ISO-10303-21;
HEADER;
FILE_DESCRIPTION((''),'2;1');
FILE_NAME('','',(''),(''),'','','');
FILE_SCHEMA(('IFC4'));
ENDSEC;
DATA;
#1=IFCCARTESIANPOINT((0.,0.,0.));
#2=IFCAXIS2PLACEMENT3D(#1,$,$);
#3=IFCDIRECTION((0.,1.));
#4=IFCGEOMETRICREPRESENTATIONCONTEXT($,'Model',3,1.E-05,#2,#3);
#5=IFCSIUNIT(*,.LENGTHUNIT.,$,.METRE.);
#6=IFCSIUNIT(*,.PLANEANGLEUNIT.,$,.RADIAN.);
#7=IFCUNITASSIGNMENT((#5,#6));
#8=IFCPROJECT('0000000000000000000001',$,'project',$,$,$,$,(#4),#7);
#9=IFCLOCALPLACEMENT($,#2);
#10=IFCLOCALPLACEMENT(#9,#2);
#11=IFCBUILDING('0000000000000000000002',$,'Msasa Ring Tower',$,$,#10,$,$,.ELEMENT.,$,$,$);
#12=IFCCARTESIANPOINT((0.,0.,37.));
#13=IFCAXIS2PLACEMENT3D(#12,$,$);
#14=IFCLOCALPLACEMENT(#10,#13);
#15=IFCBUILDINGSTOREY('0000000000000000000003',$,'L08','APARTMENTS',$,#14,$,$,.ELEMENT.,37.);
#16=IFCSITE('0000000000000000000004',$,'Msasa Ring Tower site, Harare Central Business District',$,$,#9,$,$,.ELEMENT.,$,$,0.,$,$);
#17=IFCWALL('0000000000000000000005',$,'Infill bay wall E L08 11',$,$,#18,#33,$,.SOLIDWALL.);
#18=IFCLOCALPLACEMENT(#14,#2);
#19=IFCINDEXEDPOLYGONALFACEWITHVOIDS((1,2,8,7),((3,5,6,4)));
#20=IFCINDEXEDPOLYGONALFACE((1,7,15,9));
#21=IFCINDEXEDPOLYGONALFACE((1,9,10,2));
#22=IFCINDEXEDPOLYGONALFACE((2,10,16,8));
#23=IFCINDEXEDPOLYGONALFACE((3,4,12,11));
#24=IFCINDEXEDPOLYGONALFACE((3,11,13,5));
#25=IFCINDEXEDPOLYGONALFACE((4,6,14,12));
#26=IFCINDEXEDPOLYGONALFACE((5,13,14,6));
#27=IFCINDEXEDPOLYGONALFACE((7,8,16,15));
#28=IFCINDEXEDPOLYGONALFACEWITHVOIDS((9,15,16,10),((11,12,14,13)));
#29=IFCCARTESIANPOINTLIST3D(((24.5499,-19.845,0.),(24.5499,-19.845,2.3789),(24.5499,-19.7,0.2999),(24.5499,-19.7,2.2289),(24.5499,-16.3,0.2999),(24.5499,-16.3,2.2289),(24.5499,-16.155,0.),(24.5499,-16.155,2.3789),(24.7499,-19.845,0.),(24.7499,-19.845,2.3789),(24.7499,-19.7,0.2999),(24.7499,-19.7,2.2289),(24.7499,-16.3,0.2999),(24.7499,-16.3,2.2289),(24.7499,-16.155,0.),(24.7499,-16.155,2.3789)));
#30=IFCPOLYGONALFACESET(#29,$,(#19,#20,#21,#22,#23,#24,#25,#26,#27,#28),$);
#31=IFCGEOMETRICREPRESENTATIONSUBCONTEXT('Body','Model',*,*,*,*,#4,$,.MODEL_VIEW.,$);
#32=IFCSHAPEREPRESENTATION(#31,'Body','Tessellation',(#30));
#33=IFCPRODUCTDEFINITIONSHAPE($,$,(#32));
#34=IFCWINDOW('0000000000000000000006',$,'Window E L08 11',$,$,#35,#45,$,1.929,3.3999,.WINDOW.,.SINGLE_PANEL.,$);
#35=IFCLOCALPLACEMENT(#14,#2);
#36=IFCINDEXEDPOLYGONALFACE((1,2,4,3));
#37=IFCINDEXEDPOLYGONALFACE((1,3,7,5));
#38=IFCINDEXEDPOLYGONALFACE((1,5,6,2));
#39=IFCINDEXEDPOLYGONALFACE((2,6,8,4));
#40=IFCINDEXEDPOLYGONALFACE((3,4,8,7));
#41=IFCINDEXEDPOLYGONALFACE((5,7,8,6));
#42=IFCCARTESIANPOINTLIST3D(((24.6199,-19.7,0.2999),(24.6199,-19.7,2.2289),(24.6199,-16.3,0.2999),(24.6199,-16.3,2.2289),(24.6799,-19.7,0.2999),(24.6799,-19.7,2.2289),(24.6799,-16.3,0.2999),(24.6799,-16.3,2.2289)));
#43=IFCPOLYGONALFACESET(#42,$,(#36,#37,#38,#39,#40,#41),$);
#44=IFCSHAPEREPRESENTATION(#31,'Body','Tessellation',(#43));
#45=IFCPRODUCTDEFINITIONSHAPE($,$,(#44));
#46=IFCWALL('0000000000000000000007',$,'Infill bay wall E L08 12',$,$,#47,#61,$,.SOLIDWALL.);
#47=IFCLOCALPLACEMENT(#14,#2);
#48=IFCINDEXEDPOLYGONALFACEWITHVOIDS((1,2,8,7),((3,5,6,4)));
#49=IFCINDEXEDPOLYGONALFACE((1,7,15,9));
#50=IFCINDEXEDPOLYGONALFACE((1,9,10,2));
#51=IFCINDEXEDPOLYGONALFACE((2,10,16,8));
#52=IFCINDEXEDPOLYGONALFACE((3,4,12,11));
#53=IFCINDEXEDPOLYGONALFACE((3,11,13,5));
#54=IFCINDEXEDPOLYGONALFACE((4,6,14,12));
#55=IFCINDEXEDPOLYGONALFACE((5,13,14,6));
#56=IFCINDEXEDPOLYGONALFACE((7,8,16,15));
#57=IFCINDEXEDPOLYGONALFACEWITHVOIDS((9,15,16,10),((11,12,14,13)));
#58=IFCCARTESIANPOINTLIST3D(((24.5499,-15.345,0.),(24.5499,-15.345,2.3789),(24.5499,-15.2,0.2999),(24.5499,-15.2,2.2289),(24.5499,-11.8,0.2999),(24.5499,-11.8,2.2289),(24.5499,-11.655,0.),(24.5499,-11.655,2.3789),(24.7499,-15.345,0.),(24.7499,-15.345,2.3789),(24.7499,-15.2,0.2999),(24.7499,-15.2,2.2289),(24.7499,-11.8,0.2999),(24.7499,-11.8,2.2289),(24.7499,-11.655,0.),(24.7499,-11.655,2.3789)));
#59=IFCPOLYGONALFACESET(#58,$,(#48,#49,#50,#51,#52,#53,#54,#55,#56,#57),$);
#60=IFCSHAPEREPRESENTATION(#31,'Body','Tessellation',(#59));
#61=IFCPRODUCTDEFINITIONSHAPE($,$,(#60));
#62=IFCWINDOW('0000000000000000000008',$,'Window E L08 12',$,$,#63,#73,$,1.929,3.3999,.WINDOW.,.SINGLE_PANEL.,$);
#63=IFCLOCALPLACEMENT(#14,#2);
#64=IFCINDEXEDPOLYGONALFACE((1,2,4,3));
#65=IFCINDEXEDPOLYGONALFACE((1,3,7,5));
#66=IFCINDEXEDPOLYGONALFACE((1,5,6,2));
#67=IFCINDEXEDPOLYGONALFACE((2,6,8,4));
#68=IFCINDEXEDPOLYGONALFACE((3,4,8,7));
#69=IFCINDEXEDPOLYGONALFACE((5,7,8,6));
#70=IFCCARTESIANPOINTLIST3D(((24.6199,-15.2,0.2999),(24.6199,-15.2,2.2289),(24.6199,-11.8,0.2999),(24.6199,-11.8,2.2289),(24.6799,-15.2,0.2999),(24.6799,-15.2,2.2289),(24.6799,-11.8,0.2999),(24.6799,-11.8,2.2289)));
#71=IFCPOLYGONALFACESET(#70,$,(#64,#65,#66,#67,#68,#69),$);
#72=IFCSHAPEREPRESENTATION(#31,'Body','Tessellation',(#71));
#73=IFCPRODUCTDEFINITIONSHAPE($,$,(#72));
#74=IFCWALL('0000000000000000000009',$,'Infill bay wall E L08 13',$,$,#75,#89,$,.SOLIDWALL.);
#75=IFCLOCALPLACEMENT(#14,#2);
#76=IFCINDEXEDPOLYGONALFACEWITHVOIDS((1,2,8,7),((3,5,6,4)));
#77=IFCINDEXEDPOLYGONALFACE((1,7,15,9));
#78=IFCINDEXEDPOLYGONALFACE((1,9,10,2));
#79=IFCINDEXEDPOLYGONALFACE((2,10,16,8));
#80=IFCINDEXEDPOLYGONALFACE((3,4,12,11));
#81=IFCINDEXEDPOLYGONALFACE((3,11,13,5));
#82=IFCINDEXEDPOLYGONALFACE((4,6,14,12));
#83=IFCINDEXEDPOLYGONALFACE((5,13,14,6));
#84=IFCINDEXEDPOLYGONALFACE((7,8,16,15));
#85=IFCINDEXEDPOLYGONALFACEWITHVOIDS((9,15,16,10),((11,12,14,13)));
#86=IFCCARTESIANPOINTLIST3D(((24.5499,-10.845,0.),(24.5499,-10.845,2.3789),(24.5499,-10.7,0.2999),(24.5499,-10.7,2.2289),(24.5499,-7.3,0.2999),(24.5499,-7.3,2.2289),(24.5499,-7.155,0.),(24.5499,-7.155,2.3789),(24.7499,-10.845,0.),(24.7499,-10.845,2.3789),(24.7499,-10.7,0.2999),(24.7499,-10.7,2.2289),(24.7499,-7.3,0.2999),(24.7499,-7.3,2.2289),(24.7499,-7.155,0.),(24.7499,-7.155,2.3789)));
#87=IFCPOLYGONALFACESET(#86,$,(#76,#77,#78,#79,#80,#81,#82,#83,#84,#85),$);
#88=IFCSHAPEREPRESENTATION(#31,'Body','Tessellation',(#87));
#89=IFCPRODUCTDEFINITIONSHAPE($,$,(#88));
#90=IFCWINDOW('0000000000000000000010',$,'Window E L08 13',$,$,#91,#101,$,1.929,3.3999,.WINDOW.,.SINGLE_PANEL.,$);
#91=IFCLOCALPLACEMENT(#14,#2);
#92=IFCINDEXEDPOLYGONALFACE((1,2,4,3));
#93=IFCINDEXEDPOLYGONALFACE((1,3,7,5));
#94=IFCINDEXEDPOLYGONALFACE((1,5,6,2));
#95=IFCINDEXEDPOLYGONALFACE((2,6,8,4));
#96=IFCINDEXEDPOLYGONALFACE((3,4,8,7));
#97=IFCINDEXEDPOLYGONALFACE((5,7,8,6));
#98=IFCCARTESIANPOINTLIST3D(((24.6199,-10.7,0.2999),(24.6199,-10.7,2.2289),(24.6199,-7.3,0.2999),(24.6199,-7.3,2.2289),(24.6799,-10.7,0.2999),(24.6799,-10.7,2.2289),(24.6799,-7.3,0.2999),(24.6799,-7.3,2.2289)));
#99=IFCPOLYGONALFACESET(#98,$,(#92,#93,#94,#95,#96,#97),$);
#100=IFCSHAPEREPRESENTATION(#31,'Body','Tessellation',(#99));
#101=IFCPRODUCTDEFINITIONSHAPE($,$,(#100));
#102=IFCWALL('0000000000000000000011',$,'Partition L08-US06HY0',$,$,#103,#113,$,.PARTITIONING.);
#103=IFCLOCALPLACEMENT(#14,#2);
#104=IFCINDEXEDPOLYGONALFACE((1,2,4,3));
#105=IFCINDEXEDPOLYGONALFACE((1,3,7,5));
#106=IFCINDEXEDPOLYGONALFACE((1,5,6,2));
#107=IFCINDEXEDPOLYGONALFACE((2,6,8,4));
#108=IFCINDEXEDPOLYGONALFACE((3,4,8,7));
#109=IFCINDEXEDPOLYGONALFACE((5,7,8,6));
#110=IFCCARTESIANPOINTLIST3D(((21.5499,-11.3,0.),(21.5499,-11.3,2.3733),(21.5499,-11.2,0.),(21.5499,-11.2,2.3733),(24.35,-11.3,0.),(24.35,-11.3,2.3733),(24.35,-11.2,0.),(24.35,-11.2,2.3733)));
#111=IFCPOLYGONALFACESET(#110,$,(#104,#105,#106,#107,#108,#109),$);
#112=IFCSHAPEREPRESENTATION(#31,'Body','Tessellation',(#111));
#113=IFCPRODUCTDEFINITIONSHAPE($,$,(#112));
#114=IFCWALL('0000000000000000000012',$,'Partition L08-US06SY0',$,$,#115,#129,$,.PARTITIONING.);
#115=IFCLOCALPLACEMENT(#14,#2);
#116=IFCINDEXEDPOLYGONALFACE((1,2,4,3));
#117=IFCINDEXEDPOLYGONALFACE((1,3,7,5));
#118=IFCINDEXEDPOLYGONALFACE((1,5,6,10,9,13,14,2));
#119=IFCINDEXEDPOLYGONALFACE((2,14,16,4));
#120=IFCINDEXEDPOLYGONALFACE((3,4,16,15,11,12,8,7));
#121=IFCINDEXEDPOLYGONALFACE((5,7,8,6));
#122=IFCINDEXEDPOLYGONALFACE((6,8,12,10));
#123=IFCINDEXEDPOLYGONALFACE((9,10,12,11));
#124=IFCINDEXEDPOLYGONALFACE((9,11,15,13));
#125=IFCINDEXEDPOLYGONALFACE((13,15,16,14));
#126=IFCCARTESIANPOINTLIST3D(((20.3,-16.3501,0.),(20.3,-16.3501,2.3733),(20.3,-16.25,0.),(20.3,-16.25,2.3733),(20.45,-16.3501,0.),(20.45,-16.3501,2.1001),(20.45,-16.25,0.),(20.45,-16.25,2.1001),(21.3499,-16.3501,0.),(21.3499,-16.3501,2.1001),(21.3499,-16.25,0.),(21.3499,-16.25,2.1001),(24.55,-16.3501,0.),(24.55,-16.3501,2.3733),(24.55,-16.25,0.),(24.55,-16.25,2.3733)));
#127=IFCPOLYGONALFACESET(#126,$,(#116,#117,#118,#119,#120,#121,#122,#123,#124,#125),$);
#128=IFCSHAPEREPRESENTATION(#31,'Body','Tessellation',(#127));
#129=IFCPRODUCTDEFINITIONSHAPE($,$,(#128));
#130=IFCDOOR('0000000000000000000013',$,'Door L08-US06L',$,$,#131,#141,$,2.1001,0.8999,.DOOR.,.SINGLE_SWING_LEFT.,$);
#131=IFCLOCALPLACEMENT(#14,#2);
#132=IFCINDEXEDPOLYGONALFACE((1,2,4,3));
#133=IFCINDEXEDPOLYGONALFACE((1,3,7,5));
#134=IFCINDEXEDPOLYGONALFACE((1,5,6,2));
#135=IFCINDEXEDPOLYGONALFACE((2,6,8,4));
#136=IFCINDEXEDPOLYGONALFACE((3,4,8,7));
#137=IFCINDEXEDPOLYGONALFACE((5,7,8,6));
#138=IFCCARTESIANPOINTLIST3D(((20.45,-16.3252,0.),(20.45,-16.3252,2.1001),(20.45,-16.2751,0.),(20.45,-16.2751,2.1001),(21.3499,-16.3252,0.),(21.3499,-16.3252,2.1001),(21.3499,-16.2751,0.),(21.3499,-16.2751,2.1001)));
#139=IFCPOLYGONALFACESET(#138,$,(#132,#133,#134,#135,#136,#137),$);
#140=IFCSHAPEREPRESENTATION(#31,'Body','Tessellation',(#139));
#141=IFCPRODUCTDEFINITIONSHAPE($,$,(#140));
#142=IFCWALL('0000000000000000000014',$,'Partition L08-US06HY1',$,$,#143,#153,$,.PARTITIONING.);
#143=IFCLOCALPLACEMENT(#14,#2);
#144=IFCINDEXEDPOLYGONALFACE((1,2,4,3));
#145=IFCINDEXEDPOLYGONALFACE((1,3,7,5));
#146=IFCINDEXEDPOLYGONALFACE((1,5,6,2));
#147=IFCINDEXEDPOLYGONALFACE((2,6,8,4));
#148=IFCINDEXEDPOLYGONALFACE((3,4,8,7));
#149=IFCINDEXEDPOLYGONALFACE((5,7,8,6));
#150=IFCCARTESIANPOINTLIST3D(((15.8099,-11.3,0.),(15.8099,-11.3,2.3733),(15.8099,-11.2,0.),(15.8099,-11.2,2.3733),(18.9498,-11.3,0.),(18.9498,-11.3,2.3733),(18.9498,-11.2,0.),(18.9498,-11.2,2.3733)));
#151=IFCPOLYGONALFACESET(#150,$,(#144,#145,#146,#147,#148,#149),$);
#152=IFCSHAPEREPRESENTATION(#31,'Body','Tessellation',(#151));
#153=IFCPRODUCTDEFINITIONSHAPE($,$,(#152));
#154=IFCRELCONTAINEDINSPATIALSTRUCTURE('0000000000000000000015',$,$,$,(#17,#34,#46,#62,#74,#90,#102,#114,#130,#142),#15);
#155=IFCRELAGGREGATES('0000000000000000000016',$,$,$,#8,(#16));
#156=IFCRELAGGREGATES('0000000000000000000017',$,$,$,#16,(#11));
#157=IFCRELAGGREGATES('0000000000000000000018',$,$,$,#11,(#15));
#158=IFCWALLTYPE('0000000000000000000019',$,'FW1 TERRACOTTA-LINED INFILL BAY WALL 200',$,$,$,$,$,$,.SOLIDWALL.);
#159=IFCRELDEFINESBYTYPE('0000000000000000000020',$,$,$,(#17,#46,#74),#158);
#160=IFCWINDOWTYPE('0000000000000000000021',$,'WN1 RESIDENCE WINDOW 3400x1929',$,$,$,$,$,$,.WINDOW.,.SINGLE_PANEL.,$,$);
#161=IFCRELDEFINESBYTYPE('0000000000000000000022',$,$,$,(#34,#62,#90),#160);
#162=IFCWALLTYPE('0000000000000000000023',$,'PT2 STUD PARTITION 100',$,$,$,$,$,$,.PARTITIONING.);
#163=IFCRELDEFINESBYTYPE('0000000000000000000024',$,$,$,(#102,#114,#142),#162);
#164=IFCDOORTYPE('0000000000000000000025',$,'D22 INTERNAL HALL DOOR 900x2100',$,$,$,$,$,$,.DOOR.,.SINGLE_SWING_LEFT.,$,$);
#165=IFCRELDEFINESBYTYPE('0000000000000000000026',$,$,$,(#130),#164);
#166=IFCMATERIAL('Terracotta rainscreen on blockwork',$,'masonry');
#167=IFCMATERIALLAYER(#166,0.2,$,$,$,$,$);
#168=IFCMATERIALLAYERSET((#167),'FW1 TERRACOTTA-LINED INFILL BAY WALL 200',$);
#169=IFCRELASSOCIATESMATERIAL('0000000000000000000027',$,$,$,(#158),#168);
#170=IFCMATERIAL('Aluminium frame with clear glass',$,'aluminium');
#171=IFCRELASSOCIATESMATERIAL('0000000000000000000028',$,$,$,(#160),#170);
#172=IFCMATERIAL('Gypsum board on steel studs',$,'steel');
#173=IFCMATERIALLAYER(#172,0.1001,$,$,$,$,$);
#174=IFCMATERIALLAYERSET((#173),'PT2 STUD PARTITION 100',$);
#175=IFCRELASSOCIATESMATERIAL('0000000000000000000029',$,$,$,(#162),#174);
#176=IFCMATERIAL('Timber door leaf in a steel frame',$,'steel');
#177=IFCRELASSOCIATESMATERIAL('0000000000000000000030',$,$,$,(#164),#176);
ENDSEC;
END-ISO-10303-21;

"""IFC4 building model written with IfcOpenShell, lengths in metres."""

from ifc_helpers import new_model, si_unit, direction, frame, frame_2d, origin, place, context, subcontext, project, spatial, rectangle, extrude, material, layer, layer_set, type_object, element, fill, save


model = new_model("IFC4")

# Units and contexts
model_context = context("Model", 3, precision=1e-05, world=origin(), true_north=direction((0.0, 1.0)))
body_context = subcontext(model_context, "Body", "Model", "MODEL_VIEW")
ifc_project = project(units=[si_unit("LENGTHUNIT", "METRE"), si_unit("PLANEANGLEUNIT", "RADIAN")], contexts=[model_context])

# Site, building, storey
site_placement = place(None, origin())
site = spatial("IfcSite", under=ifc_project, at=site_placement, Name="Msasa Ring Tower site, Harare Central Business District", CompositionType="ELEMENT", RefElevation=0.0)
building_placement = place(site_placement, origin())
building = spatial("IfcBuilding", under=site, at=building_placement, Name="Msasa Ring Tower", CompositionType="ELEMENT")
storey_placement = place(building_placement, frame((0.0, 0.0, 37.0)))
storey = spatial("IfcBuildingStorey", under=building, at=storey_placement, Name="L08", Description="APARTMENTS", CompositionType="ELEMENT", Elevation=37.0)

# Walls, openings, windows
ifc_material_1 = material(Name="Terracotta rainscreen on blockwork", Category="masonry")
ifc_layer_1 = layer(ifc_material_1, 0.2)
ifc_layer_set_1 = layer_set([ifc_layer_1], Name="FW1 TERRACOTTA-LINED INFILL BAY WALL 200")
wall_type_1 = type_object("IfcWallType", Name="FW1 TERRACOTTA-LINED INFILL BAY WALL 200", PredefinedType="SOLIDWALL", material=ifc_layer_set_1)
wall_1_placement = place(storey_placement, frame((24.6499, -19.845, 0.0), z_axis=(0.0, 0.0, 1.0), x_axis=(0.0, 1.0, 0.0)))
wall_1 = element("IfcWall", 1, at=wall_1_placement, inside=storey, type_object=wall_type_1, Name="Infill bay wall E L08 11", PredefinedType="SOLIDWALL", context=body_context, shape_type="SweptSolid", body=[
    extrude(rectangle(XDim=3.6899, YDim=0.2, at=frame_2d((1.845, 0.0))), origin(), (0.0, 0.0, 1.0), 2.3789),
])
opening_1_placement = place(wall_1_placement, frame((0.145, 0.0, 0.3)))
opening_1 = element("IfcOpeningElement", 2, at=opening_1_placement, cuts=wall_1, PredefinedType="OPENING", context=body_context, shape_type="SweptSolid", body=[
    extrude(rectangle(XDim=3.3999, YDim=1.929, at=frame_2d((1.7, 0.9644))), frame((0.0, 0.1099, 0.0), z_axis=(0.0, -1.0, 0.0), x_axis=(1.0, 0.0, 0.0)), (0.0, 0.0, 1.0), 0.22),
])
ifc_material_2 = material(Name="Aluminium frame with clear glass", Category="aluminium")
window_type = type_object("IfcWindowType", Name="WN1 RESIDENCE WINDOW 3400x1929", PartitioningType="SINGLE_PANEL", PredefinedType="WINDOW", material=ifc_material_2)
window_1_placement = place(opening_1_placement, origin())
window_1 = element("IfcWindow", 3, at=window_1_placement, inside=storey, type_object=window_type, Name="Window E L08 11", OverallHeight=1.929, OverallWidth=3.3999, PartitioningType="SINGLE_PANEL", PredefinedType="WINDOW", context=body_context, shape_type="SweptSolid", body=[
    extrude(rectangle(XDim=3.3999, YDim=1.929, at=frame_2d((1.7, 0.9644))), frame((0.0, 0.03, 0.0), z_axis=(0.0, -1.0, 0.0), x_axis=(1.0, 0.0, 0.0)), (0.0, 0.0, 1.0), 0.0601),
])
fill(opening_1, window_1)
wall_2_placement = place(storey_placement, frame((24.6499, -15.345, 0.0), z_axis=(0.0, 0.0, 1.0), x_axis=(0.0, 1.0, 0.0)))
wall_2 = element("IfcWall", 4, at=wall_2_placement, inside=storey, type_object=wall_type_1, Name="Infill bay wall E L08 12", PredefinedType="SOLIDWALL", context=body_context, shape_type="SweptSolid", body=[
    extrude(rectangle(XDim=3.6899, YDim=0.2, at=frame_2d((1.845, 0.0))), origin(), (0.0, 0.0, 1.0), 2.3789),
])
opening_2_placement = place(wall_2_placement, frame((0.145, 0.0, 0.3)))
opening_2 = element("IfcOpeningElement", 5, at=opening_2_placement, cuts=wall_2, PredefinedType="OPENING", context=body_context, shape_type="SweptSolid", body=[
    extrude(rectangle(XDim=3.3999, YDim=1.929, at=frame_2d((1.7, 0.9644))), frame((0.0, 0.1099, 0.0), z_axis=(0.0, -1.0, 0.0), x_axis=(1.0, 0.0, 0.0)), (0.0, 0.0, 1.0), 0.22),
])
window_2_placement = place(opening_2_placement, origin())
window_2 = element("IfcWindow", 6, at=window_2_placement, inside=storey, type_object=window_type, Name="Window E L08 12", OverallHeight=1.929, OverallWidth=3.3999, PartitioningType="SINGLE_PANEL", PredefinedType="WINDOW", context=body_context, shape_type="SweptSolid", body=[
    extrude(rectangle(XDim=3.3999, YDim=1.929, at=frame_2d((1.7, 0.9644))), frame((0.0, 0.03, 0.0), z_axis=(0.0, -1.0, 0.0), x_axis=(1.0, 0.0, 0.0)), (0.0, 0.0, 1.0), 0.0601),
])
fill(opening_2, window_2)
wall_3_placement = place(storey_placement, frame((24.6499, -10.845, 0.0), z_axis=(0.0, 0.0, 1.0), x_axis=(0.0, 1.0, 0.0)))
wall_3 = element("IfcWall", 7, at=wall_3_placement, inside=storey, type_object=wall_type_1, Name="Infill bay wall E L08 13", PredefinedType="SOLIDWALL", context=body_context, shape_type="SweptSolid", body=[
    extrude(rectangle(XDim=3.6899, YDim=0.2, at=frame_2d((1.845, 0.0))), origin(), (0.0, 0.0, 1.0), 2.3789),
])
opening_3_placement = place(wall_3_placement, frame((0.145, 0.0, 0.3)))
opening_3 = element("IfcOpeningElement", 8, at=opening_3_placement, cuts=wall_3, PredefinedType="OPENING", context=body_context, shape_type="SweptSolid", body=[
    extrude(rectangle(XDim=3.3999, YDim=1.929, at=frame_2d((1.7, 0.9644))), frame((0.0, 0.1099, 0.0), z_axis=(0.0, -1.0, 0.0), x_axis=(1.0, 0.0, 0.0)), (0.0, 0.0, 1.0), 0.22),
])
window_3_placement = place(opening_3_placement, origin())
window_3 = element("IfcWindow", 9, at=window_3_placement, inside=storey, type_object=window_type, Name="Window E L08 13", OverallHeight=1.929, OverallWidth=3.3999, PartitioningType="SINGLE_PANEL", PredefinedType="WINDOW", context=body_context, shape_type="SweptSolid", body=[
    extrude(rectangle(XDim=3.3999, YDim=1.929, at=frame_2d((1.7, 0.9644))), frame((0.0, 0.03, 0.0), z_axis=(0.0, -1.0, 0.0), x_axis=(1.0, 0.0, 0.0)), (0.0, 0.0, 1.0), 0.0601),
])
fill(opening_3, window_3)

# Wall
ifc_material_3 = material(Name="Gypsum board on steel studs", Category="steel")
ifc_layer_2 = layer(ifc_material_3, 0.1001)
ifc_layer_set_2 = layer_set([ifc_layer_2], Name="PT2 STUD PARTITION 100")
wall_type_2 = type_object("IfcWallType", Name="PT2 STUD PARTITION 100", PredefinedType="PARTITIONING", material=ifc_layer_set_2)
wall_4_placement = place(storey_placement, frame((21.55, -11.25, 0.0), z_axis=(0.0, 0.0, 1.0), x_axis=(1.0, 0.0, 0.0)))
element("IfcWall", 10, at=wall_4_placement, inside=storey, type_object=wall_type_2, Name="Partition L08-US06HY0", PredefinedType="PARTITIONING", context=body_context, shape_type="SweptSolid", body=[
    extrude(rectangle(XDim=2.8, YDim=0.1001, at=frame_2d((1.3999, 0.0))), origin(), (0.0, 0.0, 1.0), 2.3733),
])

# Wall, opening, door
wall_5_placement = place(storey_placement, frame((20.3, -16.3, 0.0), z_axis=(0.0, 0.0, 1.0), x_axis=(1.0, 0.0, 0.0)))
wall_5 = element("IfcWall", 11, at=wall_5_placement, inside=storey, type_object=wall_type_2, Name="Partition L08-US06SY0", PredefinedType="PARTITIONING", context=body_context, shape_type="SweptSolid", body=[
    extrude(rectangle(XDim=4.25, YDim=0.1001, at=frame_2d((2.125, 0.0))), origin(), (0.0, 0.0, 1.0), 2.3733),
])
opening_4_placement = place(wall_5_placement, frame((0.1499, 0.0, 0.0)))
opening_4 = element("IfcOpeningElement", 12, at=opening_4_placement, cuts=wall_5, PredefinedType="OPENING", context=body_context, shape_type="SweptSolid", body=[
    extrude(rectangle(XDim=0.8999, YDim=2.1001, at=frame_2d((0.45, 1.05))), frame((0.0, 0.0601, 0.0), z_axis=(0.0, -1.0, 0.0), x_axis=(1.0, 0.0, 0.0)), (0.0, 0.0, 1.0), 0.1201),
])
ifc_material_4 = material(Name="Timber door leaf in a steel frame", Category="steel")
door_type_1 = type_object("IfcDoorType", Name="D22 INTERNAL HALL DOOR 900x2100", OperationType="SINGLE_SWING_LEFT", PredefinedType="DOOR", material=ifc_material_4)
door_1_placement = place(opening_4_placement, origin())
door_1 = element("IfcDoor", 13, at=door_1_placement, inside=storey, type_object=door_type_1, Name="Door L08-US06L", OperationType="SINGLE_SWING_LEFT", OverallHeight=2.1001, OverallWidth=0.8999, PredefinedType="DOOR", context=body_context, shape_type="SweptSolid", body=[
    extrude(rectangle(XDim=0.8999, YDim=2.1001, at=frame_2d((0.45, 1.05))), frame((0.0, 0.0249, 0.0), z_axis=(0.0, -1.0, 0.0), x_axis=(1.0, 0.0, 0.0)), (0.0, 0.0, 1.0), 0.05),
])
fill(opening_4, door_1)

# Wall
wall_6_placement = place(storey_placement, frame((15.8101, -11.25, 0.0), z_axis=(0.0, 0.0, 1.0), x_axis=(1.0, 0.0, 0.0)))
element("IfcWall", 14, at=wall_6_placement, inside=storey, type_object=wall_type_2, Name="Partition L08-US06HY1", PredefinedType="PARTITIONING", context=body_context, shape_type="SweptSolid", body=[
    extrude(rectangle(XDim=3.1399, YDim=0.1001, at=frame_2d((1.5698, 0.0))), origin(), (0.0, 0.0, 1.0), 2.3733),
])

save(model, "model.ifc")
